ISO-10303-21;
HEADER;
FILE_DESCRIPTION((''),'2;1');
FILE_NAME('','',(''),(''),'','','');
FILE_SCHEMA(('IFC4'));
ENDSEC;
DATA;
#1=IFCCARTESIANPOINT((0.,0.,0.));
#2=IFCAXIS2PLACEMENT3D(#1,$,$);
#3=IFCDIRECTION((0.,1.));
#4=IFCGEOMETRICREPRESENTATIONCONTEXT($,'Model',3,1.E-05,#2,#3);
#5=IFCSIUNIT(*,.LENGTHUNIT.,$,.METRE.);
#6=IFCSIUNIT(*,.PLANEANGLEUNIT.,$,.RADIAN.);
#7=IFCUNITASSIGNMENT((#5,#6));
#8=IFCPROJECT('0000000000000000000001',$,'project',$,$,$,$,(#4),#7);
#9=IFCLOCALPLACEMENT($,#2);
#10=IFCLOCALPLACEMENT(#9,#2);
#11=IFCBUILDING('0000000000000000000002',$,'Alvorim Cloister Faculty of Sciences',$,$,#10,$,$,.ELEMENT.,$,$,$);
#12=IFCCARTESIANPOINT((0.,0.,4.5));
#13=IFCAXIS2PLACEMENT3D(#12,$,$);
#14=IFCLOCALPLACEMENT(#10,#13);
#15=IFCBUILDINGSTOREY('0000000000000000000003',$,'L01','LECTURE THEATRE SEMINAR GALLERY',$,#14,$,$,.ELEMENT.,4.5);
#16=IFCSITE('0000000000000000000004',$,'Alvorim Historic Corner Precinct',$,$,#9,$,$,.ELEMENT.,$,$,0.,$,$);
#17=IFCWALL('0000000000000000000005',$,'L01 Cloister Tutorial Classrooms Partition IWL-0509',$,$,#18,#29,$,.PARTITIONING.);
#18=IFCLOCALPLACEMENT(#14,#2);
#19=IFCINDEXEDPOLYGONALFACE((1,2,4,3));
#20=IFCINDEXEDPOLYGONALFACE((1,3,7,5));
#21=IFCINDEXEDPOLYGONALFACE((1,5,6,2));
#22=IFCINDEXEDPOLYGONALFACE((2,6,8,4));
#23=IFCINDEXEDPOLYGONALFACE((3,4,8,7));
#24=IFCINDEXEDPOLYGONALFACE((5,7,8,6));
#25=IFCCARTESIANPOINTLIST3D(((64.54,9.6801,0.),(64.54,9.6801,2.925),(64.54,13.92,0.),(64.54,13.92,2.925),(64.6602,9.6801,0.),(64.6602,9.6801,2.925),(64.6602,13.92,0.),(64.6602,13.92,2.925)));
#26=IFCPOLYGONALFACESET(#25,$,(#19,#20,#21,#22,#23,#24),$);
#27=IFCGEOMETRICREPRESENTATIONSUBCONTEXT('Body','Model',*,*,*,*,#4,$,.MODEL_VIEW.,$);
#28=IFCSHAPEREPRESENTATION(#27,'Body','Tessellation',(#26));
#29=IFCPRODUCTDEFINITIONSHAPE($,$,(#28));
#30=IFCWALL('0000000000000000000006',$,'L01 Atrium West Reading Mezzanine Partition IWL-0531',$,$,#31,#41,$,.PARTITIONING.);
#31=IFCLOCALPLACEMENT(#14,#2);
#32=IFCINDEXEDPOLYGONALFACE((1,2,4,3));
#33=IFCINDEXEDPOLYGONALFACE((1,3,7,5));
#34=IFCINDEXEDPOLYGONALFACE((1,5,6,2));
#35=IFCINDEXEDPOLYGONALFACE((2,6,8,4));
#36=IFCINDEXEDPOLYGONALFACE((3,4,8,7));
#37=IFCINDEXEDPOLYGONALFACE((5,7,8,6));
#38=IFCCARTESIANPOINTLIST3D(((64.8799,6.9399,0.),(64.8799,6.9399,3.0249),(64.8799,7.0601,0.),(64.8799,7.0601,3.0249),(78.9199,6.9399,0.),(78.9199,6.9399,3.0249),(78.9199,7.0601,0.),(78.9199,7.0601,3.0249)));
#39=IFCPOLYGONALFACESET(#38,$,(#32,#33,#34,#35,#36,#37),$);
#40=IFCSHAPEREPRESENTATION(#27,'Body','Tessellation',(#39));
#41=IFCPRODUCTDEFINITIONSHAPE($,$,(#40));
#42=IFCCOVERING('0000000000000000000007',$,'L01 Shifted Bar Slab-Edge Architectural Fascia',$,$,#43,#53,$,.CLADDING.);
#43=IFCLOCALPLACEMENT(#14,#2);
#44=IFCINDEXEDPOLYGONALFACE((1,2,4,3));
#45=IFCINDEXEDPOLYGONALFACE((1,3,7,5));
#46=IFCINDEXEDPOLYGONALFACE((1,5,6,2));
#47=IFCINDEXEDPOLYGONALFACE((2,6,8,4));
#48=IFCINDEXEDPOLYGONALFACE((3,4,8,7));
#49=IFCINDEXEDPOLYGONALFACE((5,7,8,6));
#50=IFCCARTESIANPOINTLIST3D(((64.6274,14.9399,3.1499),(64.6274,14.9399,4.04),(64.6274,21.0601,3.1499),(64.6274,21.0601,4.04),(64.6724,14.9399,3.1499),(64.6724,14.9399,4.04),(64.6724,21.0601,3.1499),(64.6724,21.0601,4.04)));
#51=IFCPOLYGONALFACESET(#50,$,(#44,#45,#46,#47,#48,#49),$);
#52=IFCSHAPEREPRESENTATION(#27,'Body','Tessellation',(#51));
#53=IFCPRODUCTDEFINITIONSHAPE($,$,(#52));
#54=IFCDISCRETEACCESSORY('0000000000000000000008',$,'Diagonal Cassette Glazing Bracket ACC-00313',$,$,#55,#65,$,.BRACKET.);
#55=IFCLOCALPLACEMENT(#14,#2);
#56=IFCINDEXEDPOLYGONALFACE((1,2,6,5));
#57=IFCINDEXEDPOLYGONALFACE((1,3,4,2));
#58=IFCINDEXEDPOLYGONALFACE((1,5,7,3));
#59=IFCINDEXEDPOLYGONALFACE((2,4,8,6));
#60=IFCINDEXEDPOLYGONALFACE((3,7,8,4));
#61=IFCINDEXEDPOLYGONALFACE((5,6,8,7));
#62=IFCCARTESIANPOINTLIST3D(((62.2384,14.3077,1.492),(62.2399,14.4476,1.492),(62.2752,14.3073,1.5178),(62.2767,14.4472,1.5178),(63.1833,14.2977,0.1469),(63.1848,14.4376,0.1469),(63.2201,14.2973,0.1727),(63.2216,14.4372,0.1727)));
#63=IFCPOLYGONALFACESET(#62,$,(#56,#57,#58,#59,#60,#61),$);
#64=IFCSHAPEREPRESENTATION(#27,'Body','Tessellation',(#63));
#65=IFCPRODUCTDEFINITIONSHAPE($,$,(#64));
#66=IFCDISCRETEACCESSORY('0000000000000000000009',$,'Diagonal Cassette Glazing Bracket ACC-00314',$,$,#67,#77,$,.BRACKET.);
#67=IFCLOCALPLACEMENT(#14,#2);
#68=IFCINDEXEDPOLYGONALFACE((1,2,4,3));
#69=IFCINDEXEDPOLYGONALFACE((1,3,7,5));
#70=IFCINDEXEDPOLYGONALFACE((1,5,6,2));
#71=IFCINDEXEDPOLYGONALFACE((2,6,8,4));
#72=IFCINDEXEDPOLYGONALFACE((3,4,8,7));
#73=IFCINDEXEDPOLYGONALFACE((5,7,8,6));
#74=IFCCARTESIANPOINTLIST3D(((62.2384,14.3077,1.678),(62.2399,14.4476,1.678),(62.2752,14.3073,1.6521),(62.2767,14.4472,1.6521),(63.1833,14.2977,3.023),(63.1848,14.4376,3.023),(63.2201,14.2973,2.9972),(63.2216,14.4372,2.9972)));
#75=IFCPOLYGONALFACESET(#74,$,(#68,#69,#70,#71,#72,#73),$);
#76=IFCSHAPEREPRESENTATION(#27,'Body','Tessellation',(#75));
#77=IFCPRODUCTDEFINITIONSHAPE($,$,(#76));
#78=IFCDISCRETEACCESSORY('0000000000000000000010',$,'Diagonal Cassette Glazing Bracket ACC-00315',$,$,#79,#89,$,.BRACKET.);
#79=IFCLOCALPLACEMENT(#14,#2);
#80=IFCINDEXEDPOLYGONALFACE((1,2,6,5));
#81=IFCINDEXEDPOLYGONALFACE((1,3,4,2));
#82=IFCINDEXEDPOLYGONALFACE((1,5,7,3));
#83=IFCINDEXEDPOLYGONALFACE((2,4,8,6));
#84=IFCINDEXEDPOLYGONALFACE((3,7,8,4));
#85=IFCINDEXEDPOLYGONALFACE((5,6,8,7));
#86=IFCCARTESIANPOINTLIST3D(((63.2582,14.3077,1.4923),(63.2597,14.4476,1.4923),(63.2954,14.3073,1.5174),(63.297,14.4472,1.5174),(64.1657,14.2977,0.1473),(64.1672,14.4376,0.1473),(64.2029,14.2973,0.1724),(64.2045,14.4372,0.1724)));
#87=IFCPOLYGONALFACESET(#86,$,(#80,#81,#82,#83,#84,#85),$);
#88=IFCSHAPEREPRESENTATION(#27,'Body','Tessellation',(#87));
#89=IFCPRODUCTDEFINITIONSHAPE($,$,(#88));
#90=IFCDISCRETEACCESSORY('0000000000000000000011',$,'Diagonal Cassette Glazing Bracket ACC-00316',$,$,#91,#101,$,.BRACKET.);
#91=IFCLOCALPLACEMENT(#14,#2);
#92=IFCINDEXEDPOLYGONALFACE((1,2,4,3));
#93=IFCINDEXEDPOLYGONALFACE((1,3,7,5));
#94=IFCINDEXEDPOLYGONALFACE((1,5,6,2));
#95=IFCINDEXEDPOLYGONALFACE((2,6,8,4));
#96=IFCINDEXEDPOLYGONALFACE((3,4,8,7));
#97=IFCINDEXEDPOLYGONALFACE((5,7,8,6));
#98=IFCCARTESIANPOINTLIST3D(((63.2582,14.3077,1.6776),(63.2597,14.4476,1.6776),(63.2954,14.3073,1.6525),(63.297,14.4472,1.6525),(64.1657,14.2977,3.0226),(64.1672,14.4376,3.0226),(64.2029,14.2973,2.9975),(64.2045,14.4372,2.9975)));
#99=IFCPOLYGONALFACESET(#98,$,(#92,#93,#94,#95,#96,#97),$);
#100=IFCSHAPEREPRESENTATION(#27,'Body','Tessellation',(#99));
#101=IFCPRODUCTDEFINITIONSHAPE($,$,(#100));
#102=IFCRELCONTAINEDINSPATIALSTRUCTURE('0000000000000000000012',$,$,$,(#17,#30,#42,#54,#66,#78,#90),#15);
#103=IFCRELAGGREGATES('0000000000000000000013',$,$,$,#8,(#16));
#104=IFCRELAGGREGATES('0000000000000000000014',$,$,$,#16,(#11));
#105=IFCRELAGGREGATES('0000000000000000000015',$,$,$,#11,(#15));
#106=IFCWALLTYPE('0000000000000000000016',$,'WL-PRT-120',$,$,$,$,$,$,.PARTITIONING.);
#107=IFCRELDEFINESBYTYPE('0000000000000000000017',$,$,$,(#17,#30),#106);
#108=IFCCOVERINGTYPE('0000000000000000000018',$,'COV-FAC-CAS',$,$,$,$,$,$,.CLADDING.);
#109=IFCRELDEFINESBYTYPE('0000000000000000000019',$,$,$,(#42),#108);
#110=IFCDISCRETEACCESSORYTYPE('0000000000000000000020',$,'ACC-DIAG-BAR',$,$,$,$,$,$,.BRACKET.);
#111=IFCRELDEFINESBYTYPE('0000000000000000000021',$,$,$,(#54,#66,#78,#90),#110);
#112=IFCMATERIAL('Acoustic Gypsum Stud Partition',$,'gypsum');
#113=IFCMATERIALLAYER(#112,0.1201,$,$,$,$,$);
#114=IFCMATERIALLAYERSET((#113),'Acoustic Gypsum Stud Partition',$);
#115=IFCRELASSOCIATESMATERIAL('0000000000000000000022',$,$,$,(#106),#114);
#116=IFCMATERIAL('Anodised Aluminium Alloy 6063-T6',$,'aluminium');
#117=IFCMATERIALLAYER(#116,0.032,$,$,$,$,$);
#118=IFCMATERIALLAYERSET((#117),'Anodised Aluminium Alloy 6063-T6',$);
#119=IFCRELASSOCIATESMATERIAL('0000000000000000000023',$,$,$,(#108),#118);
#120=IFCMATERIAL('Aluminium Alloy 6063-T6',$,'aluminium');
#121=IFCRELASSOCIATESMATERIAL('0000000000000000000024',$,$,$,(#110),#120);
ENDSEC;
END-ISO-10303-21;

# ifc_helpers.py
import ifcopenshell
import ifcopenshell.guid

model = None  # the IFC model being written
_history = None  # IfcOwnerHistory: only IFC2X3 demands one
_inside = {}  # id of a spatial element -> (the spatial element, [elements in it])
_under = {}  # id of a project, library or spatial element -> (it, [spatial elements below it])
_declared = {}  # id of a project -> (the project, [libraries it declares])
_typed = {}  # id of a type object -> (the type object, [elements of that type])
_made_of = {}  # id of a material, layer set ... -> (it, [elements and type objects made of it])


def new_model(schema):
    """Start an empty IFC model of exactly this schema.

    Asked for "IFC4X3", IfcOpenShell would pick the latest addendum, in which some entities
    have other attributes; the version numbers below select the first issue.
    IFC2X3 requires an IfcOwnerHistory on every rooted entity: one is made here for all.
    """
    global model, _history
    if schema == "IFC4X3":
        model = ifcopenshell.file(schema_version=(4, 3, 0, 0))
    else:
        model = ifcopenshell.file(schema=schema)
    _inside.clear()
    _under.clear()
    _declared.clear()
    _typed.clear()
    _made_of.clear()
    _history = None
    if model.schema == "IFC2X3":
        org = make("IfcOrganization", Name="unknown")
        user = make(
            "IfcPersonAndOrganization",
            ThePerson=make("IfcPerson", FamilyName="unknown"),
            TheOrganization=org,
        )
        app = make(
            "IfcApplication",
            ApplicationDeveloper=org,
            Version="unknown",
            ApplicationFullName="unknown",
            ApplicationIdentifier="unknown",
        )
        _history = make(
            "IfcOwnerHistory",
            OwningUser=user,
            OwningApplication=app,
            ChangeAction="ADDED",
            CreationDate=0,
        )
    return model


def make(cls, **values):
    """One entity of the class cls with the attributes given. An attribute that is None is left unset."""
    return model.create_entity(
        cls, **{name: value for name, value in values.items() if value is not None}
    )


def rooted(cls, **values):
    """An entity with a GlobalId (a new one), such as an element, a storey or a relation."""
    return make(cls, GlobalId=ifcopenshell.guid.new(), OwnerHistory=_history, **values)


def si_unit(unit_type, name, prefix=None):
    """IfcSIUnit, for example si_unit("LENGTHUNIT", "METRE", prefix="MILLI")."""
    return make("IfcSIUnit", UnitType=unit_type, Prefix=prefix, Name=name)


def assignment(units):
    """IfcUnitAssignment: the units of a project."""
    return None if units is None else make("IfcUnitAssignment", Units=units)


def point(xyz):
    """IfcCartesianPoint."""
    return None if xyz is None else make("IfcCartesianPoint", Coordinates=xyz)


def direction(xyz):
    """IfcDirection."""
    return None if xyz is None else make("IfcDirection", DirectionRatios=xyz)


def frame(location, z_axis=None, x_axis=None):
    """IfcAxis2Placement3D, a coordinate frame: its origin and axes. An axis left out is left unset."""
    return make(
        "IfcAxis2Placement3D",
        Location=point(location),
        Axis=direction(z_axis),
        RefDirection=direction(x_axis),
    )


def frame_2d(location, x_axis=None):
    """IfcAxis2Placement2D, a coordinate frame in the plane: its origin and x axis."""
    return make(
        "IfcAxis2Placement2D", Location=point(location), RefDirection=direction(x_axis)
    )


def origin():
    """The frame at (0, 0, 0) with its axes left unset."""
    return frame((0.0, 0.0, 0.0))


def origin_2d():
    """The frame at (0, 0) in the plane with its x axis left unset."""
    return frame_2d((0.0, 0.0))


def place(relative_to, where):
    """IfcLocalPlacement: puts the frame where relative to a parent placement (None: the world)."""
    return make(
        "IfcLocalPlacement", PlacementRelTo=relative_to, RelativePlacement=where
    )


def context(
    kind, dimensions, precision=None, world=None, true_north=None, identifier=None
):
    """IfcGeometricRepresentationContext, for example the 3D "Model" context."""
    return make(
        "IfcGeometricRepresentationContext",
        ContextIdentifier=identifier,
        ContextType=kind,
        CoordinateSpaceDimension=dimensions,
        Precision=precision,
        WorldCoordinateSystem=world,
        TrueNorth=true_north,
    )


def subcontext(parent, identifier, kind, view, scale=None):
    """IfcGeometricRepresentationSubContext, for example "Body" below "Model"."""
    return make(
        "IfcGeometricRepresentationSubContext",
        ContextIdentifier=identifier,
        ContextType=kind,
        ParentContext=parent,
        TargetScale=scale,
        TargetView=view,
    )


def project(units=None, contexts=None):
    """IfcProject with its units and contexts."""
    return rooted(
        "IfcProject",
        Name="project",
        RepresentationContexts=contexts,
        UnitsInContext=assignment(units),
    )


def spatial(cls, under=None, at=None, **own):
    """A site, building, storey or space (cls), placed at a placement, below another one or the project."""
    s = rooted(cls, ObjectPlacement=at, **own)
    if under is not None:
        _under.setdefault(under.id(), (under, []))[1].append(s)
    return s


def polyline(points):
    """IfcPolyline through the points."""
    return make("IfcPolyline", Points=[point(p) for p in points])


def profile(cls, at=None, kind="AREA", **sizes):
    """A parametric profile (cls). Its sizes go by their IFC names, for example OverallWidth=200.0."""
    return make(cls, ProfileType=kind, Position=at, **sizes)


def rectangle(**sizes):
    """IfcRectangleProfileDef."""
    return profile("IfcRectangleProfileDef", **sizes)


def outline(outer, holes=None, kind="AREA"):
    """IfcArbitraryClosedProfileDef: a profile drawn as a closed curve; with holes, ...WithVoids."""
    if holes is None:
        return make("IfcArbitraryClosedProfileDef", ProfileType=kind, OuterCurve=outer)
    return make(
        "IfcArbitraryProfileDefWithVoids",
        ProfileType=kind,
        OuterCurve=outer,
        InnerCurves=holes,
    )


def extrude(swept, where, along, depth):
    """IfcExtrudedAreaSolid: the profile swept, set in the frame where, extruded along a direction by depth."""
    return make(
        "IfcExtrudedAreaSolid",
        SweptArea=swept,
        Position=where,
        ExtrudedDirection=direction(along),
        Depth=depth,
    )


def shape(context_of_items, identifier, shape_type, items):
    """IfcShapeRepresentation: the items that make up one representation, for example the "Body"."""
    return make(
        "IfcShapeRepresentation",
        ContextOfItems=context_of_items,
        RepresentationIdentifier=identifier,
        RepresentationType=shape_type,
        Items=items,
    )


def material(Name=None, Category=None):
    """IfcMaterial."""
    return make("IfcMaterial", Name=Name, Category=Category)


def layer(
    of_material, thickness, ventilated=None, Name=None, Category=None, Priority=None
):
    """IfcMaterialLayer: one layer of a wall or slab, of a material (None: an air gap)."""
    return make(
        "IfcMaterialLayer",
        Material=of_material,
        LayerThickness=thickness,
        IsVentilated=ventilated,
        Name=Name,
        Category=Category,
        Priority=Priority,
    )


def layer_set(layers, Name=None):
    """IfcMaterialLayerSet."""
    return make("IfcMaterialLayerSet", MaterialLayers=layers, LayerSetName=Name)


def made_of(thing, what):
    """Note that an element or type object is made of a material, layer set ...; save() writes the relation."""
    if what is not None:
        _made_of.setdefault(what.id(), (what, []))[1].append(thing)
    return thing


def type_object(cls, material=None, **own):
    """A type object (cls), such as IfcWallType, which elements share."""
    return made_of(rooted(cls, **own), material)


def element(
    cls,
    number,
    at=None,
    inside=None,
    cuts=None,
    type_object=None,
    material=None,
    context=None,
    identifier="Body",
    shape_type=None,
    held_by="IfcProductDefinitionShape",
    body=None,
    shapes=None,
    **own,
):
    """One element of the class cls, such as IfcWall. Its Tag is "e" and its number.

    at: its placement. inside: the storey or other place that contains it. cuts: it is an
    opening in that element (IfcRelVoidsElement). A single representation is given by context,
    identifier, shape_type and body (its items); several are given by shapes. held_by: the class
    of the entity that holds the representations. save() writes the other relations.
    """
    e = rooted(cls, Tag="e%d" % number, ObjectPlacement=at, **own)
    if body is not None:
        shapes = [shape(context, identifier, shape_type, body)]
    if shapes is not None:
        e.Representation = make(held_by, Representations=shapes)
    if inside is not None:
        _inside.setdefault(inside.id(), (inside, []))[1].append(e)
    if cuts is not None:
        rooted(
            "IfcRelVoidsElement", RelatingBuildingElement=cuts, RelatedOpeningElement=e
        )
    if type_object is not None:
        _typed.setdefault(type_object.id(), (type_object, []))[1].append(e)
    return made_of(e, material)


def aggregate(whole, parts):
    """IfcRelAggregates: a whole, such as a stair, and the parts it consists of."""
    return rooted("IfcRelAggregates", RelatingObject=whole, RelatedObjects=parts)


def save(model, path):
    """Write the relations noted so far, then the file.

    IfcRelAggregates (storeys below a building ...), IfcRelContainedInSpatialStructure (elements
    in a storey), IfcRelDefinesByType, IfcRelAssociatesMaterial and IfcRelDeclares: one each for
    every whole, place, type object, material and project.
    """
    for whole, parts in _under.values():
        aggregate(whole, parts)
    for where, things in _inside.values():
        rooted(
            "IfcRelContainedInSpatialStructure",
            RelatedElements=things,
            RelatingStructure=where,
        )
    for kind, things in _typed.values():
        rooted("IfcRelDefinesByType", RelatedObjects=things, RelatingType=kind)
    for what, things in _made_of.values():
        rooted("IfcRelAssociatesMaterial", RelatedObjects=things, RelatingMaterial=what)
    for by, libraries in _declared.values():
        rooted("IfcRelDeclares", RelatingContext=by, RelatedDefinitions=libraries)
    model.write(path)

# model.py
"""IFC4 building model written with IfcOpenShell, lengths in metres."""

from ifc_helpers import new_model, si_unit, direction, frame, frame_2d, origin, origin_2d, place, context, subcontext, project, spatial, polyline, rectangle, outline, extrude, material, layer, layer_set, type_object, element, save


model = new_model("IFC4")

# Units and contexts
model_context = context("Model", 3, precision=1e-05, world=origin(), true_north=direction((0.0, 1.0)))
body_context = subcontext(model_context, "Body", "Model", "MODEL_VIEW")
ifc_project = project(units=[si_unit("LENGTHUNIT", "METRE"), si_unit("PLANEANGLEUNIT", "RADIAN")], contexts=[model_context])

# Site, building, storey
site_placement = place(None, origin())
site = spatial("IfcSite", under=ifc_project, at=site_placement, Name="Alvorim Historic Corner Precinct", CompositionType="ELEMENT", RefElevation=0.0)
building_placement = place(site_placement, origin())
building = spatial("IfcBuilding", under=site, at=building_placement, Name="Alvorim Cloister Faculty of Sciences", CompositionType="ELEMENT")
storey_placement = place(building_placement, frame((0.0, 0.0, 4.5)))
storey = spatial("IfcBuildingStorey", under=building, at=storey_placement, Name="L01", Description="LECTURE THEATRE SEMINAR GALLERY", CompositionType="ELEMENT", Elevation=4.5)

# Shared definitions
ifc_material_1 = material(Name="Aluminium Alloy 6063-T6", Category="aluminium")

# Walls
ifc_material_2 = material(Name="Acoustic Gypsum Stud Partition", Category="gypsum")
ifc_layer_1 = layer(ifc_material_2, 0.1201)
ifc_layer_set_1 = layer_set([ifc_layer_1], Name="Acoustic Gypsum Stud Partition")
wall_type = type_object("IfcWallType", Name="WL-PRT-120", PredefinedType="PARTITIONING", material=ifc_layer_set_1)
wall_1_placement = place(storey_placement, frame((64.6001, 9.6799, 0.0), z_axis=(0.0, 0.0, 1.0), x_axis=(0.0, 1.0, 0.0)))
element("IfcWall", 1, at=wall_1_placement, inside=storey, type_object=wall_type, Name="L01 Cloister Tutorial Classrooms Partition IWL-0509", PredefinedType="PARTITIONING", context=body_context, shape_type="SweptSolid", body=[
    extrude(rectangle(XDim=4.24, YDim=0.1201, at=frame_2d((2.1201, 0.0))), origin(), (0.0, 0.0, 1.0), 2.925),
])
wall_2_placement = place(storey_placement, frame((64.8799, 7.0, 0.0), z_axis=(0.0, 0.0, 1.0), x_axis=(1.0, 0.0, 0.0)))
element("IfcWall", 2, at=wall_2_placement, inside=storey, type_object=wall_type, Name="L01 Atrium West Reading Mezzanine Partition IWL-0531", PredefinedType="PARTITIONING", context=body_context, shape_type="SweptSolid", body=[
    extrude(rectangle(XDim=14.04, YDim=0.1201, at=frame_2d((7.02, 0.0))), origin(), (0.0, 0.0, 1.0), 3.0249),
])

# Covering
ifc_material_3 = material(Name="Anodised Aluminium Alloy 6063-T6", Category="aluminium")
ifc_layer_2 = layer(ifc_material_3, 0.032)
ifc_layer_set_2 = layer_set([ifc_layer_2], Name="Anodised Aluminium Alloy 6063-T6")
covering_type = type_object("IfcCoveringType", Name="COV-FAC-CAS", PredefinedType="CLADDING", material=ifc_layer_set_2)
covering_placement = place(storey_placement, frame((64.6499, 14.9399, 3.1499), z_axis=(0.0, 0.0, 1.0), x_axis=(0.0, 1.0, 0.0)))
element("IfcCovering", 3, at=covering_placement, inside=storey, type_object=covering_type, Name="L01 Shifted Bar Slab-Edge Architectural Fascia", PredefinedType="CLADDING", context=body_context, shape_type="SweptSolid", body=[
    extrude(outline(polyline([(0.0, 0.0), (6.1201, 0.0), (6.1201, 0.8901), (0.0, 0.8901), (0.0, 0.0)])), frame((0.0, 0.0225, 0.0), z_axis=(0.0, -1.0, 0.0), x_axis=(1.0, 0.0, 0.0)), (0.0, 0.0, 1.0), 0.0449),
])

# Discrete accessories
discrete_accessory_type = type_object("IfcDiscreteAccessoryType", Name="ACC-DIAG-BAR", PredefinedType="BRACKET", material=ifc_material_1)
for number, where, z_axis, x_axis, name in (
    (4, (62.2576, 14.3774, 1.5049), (0.574817, -0.00609, -0.81826), (0.010594, 0.999944, 0.0), "Diagonal Cassette Glazing Bracket ACC-00313"),
    (5, (62.2576, 14.3774, 1.665), (0.574817, -0.00609, 0.81826), (0.010594, 0.999944, 0.0), "Diagonal Cassette Glazing Bracket ACC-00314"),
):
    element("IfcDiscreteAccessory", number, at=place(storey_placement, frame(where, z_axis=z_axis, x_axis=x_axis)), inside=storey, type_object=discrete_accessory_type, Name=name, PredefinedType="BRACKET", context=body_context, shape_type="SweptSolid", body=[
        extrude(rectangle(XDim=0.1399, YDim=0.0449, at=origin_2d()), origin(), (0.0, 0.0, 1.0), 1.6438),
    ])
for number, where, z_axis, x_axis, name in (
    (6, (63.2776, 14.3774, 1.5049), (0.559299, -0.006169, -0.828943), (0.01103, 0.999939, 0.0), "Diagonal Cassette Glazing Bracket ACC-00315"),
    (7, (63.2776, 14.3774, 1.665), (0.559299, -0.006169, 0.828943), (0.01103, 0.999939, 0.0), "Diagonal Cassette Glazing Bracket ACC-00316"),
):
    element("IfcDiscreteAccessory", number, at=place(storey_placement, frame(where, z_axis=z_axis, x_axis=x_axis)), inside=storey, type_object=discrete_accessory_type, Name=name, PredefinedType="BRACKET", context=body_context, shape_type="SweptSolid", body=[
        extrude(rectangle(XDim=0.1399, YDim=0.0449, at=origin_2d()), origin(), (0.0, 0.0, 1.0), 1.6226),
    ])

save(model, "model.ifc")
